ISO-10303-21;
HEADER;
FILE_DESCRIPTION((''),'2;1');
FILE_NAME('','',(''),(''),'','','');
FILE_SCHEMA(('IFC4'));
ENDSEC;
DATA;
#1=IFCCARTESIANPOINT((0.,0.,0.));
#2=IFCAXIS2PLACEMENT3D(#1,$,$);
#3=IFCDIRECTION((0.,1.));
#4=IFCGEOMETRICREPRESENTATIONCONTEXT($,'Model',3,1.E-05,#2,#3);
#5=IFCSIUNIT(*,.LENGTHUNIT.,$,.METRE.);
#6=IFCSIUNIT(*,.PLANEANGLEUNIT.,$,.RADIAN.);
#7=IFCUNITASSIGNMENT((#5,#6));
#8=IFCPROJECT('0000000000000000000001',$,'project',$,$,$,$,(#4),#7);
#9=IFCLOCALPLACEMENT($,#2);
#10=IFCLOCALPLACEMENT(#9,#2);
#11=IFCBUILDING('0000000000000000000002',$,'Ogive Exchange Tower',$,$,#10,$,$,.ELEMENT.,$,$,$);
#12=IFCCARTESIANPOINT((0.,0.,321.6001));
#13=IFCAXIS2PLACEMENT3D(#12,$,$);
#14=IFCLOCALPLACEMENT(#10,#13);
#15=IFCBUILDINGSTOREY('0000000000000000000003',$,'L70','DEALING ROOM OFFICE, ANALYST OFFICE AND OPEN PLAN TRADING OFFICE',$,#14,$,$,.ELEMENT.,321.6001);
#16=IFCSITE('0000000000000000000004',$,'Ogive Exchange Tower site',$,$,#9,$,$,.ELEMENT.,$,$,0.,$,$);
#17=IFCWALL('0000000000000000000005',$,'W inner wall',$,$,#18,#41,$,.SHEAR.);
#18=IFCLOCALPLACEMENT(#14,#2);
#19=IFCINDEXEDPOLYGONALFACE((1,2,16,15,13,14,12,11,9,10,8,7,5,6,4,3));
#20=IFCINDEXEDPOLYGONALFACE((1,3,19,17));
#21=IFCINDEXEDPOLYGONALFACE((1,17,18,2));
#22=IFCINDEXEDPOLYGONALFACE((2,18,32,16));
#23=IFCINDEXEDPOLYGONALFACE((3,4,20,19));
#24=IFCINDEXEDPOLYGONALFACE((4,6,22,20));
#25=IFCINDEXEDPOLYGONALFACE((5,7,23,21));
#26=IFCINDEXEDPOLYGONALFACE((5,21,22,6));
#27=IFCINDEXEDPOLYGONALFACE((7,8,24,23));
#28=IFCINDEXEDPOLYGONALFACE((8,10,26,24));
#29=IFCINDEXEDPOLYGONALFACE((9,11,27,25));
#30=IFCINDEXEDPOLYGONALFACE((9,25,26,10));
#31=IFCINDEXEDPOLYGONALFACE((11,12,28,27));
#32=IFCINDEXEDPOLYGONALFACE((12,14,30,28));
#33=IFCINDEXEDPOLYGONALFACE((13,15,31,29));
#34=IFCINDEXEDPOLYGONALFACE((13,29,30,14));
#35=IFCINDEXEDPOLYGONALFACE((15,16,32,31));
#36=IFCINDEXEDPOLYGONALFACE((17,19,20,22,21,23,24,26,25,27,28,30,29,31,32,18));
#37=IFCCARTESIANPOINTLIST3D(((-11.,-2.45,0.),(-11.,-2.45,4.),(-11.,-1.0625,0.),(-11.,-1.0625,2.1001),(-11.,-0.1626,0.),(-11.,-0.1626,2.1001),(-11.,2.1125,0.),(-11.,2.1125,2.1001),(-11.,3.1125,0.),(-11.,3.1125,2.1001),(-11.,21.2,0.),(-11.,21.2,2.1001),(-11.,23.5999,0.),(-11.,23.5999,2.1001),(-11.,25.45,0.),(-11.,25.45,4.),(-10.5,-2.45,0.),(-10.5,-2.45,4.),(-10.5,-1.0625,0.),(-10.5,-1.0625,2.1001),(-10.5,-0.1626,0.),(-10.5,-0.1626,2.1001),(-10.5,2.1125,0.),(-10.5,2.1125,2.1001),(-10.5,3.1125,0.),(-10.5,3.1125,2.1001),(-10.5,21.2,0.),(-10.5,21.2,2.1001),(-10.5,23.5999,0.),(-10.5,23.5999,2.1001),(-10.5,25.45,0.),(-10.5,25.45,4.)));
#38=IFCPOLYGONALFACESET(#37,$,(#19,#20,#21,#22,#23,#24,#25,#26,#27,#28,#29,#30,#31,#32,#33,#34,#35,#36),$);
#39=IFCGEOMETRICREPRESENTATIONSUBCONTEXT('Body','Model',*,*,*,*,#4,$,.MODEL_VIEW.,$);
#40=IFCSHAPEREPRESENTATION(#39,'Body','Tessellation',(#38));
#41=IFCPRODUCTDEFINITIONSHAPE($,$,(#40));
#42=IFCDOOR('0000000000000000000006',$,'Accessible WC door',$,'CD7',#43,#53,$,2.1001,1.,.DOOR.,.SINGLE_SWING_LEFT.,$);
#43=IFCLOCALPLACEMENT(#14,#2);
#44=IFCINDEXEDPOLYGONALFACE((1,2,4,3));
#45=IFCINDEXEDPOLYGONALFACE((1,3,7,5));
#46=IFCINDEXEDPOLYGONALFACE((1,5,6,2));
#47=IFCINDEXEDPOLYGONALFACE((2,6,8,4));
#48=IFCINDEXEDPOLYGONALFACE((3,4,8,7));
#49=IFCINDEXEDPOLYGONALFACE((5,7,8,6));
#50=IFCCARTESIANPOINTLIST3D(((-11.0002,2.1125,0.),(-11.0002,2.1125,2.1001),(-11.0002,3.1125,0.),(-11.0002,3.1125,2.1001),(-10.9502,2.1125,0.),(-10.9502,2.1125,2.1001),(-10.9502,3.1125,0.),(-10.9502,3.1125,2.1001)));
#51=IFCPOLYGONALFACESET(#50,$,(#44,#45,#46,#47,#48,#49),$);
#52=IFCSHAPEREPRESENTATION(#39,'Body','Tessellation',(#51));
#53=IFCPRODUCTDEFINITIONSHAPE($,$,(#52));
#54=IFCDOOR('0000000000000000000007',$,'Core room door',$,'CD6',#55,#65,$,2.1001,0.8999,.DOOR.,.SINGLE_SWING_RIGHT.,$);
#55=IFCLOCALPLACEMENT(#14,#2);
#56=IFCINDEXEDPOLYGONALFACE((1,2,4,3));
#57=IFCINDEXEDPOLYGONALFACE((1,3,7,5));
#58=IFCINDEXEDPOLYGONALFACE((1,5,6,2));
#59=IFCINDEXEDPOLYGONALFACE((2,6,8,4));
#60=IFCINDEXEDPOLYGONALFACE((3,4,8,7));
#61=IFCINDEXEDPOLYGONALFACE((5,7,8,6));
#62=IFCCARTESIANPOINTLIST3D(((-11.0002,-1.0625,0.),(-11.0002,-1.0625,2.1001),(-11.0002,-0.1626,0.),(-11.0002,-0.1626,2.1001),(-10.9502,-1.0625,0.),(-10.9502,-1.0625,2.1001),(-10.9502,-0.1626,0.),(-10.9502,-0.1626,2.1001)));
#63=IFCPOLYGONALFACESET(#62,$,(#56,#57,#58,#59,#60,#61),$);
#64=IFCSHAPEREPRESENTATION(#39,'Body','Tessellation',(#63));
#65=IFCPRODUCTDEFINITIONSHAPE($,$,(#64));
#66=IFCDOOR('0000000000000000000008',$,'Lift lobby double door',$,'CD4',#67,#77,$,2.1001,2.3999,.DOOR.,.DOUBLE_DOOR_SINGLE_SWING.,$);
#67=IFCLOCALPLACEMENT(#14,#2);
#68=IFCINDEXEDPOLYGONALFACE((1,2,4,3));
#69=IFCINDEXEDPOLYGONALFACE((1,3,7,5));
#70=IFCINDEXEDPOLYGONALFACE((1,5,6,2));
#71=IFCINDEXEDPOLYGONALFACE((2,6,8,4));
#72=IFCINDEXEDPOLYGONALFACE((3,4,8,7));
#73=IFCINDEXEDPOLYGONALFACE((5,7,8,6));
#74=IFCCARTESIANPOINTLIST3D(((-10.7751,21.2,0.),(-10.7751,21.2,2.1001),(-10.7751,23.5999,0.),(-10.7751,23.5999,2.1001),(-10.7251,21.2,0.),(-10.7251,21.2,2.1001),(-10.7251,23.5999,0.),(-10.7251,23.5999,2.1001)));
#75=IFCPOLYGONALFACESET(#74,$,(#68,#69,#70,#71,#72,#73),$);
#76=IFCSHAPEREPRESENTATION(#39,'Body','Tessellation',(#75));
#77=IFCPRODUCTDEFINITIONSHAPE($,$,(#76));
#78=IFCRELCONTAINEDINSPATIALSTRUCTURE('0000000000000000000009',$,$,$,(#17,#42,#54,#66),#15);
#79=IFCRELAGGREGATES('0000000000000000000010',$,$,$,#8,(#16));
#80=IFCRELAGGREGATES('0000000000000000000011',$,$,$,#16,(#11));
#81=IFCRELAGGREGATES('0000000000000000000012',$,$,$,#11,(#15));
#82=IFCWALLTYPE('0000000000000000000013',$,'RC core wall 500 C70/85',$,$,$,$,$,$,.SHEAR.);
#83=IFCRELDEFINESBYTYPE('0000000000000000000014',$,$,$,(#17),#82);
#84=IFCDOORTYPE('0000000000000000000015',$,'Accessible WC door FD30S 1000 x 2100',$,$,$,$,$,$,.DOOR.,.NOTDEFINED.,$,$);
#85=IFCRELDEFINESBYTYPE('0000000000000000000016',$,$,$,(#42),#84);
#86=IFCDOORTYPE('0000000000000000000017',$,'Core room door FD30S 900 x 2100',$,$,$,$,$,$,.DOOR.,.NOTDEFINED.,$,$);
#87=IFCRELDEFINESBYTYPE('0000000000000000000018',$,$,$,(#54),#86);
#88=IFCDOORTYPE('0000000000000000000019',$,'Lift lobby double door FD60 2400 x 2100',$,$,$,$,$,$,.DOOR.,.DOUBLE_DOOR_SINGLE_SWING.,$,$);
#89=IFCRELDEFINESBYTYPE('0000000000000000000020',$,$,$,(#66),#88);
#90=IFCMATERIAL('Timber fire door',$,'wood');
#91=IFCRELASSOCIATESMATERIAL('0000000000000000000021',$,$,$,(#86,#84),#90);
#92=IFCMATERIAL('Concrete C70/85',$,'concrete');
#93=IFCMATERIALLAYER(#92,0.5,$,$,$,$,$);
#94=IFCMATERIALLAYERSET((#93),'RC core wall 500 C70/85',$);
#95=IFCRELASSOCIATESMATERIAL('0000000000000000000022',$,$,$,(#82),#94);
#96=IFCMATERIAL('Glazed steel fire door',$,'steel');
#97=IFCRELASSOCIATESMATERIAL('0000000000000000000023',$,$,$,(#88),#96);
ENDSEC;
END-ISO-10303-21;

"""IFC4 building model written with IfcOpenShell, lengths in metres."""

from ifc_helpers import new_model, si_unit, direction, frame, frame_2d, origin, place, context, subcontext, project, spatial, rectangle, extrude, material, layer, layer_set, type_object, element, fill, save


model = new_model("IFC4")

# Units and contexts
model_context = context("Model", 3, precision=1e-05, world=origin(), true_north=direction((0.0, 1.0)))
body_context = subcontext(model_context, "Body", "Model", "MODEL_VIEW")
ifc_project = project(units=[si_unit("LENGTHUNIT", "METRE"), si_unit("PLANEANGLEUNIT", "RADIAN")], contexts=[model_context])

# Site, building, storey
site_placement = place(None, origin())
site = spatial("IfcSite", under=ifc_project, at=site_placement, Name="Ogive Exchange Tower site", CompositionType="ELEMENT", RefElevation=0.0)
building_placement = place(site_placement, origin())
building = spatial("IfcBuilding", under=site, at=building_placement, Name="Ogive Exchange Tower", CompositionType="ELEMENT")
storey_placement = place(building_placement, frame((0.0, 0.0, 321.6001)))
storey = spatial("IfcBuildingStorey", under=building, at=storey_placement, Name="L70", Description="DEALING ROOM OFFICE, ANALYST OFFICE AND OPEN PLAN TRADING OFFICE", CompositionType="ELEMENT", Elevation=321.6001)

# Shared definitions
ifc_material_1 = material(Name="Concrete C70/85", Category="concrete")

# Wall, openings, doors
ifc_material_2 = material(Name="Timber fire door", Category="wood")
door_type_1 = type_object("IfcDoorType", Name="Core room door FD30S 900 x 2100", OperationType="NOTDEFINED", PredefinedType="DOOR", material=ifc_material_2)
ifc_layer_1 = layer(ifc_material_1, 0.5)
ifc_layer_set_1 = layer_set([ifc_layer_1], Name="RC core wall 500 C70/85")
wall_type_1 = type_object("IfcWallType", Name="RC core wall 500 C70/85", PredefinedType="SHEAR", material=ifc_layer_set_1)
wall_1_placement = place(storey_placement, frame((-10.75, -2.45, 0.0), z_axis=(0.0, 0.0, 1.0), x_axis=(0.0, 1.0, 0.0)))
wall_1 = element("IfcWall", 1, at=wall_1_placement, inside=storey, type_object=wall_type_1, Name="W inner wall", PredefinedType="SHEAR", context=body_context, shape_type="SweptSolid", body=[
    extrude(rectangle(XDim=27.8999, YDim=0.5, at=frame_2d((13.95, 0.0))), origin(), (0.0, 0.0, 1.0), 4.0),
])
opening_1_placement = place(wall_1_placement, frame((23.6499, 0.0, 0.0)))
opening_1 = element("IfcOpeningElement", 2, at=opening_1_placement, cuts=wall_1, PredefinedType="OPENING", context=body_context, shape_type="SweptSolid", body=[
    extrude(rectangle(XDim=2.3999, YDim=2.1001, at=frame_2d((1.2, 1.05))), frame((0.0, 0.26, 0.0), z_axis=(0.0, -1.0, 0.0), x_axis=(1.0, 0.0, 0.0)), (0.0, 0.0, 1.0), 0.52),
])
opening_2_placement = place(wall_1_placement, frame((1.3875, 0.0, 0.0)))
opening_2 = element("IfcOpeningElement", 3, at=opening_2_placement, cuts=wall_1, PredefinedType="OPENING", context=body_context, shape_type="SweptSolid", body=[
    extrude(rectangle(XDim=0.8999, YDim=2.1001, at=frame_2d((0.45, 1.05))), frame((0.0, 0.26, 0.0), z_axis=(0.0, -1.0, 0.0), x_axis=(1.0, 0.0, 0.0)), (0.0, 0.0, 1.0), 0.52),
])
opening_3_placement = place(wall_1_placement, frame((4.5625, 0.0, 0.0)))
opening_3 = element("IfcOpeningElement", 4, at=opening_3_placement, cuts=wall_1, PredefinedType="OPENING", context=body_context, shape_type="SweptSolid", body=[
    extrude(rectangle(XDim=1.0, YDim=2.1001, at=frame_2d((0.5, 1.05))), frame((0.0, 0.26, 0.0), z_axis=(0.0, -1.0, 0.0), x_axis=(1.0, 0.0, 0.0)), (0.0, 0.0, 1.0), 0.52),
])
door_type_2 = type_object("IfcDoorType", Name="Accessible WC door FD30S 1000 x 2100", OperationType="NOTDEFINED", PredefinedType="DOOR", material=ifc_material_2)
door_1_placement = place(opening_3_placement, frame((1.0, 0.4502, 0.0), z_axis=(0.0, 0.0, 1.0), x_axis=(-1.0, 0.0, 0.0)))
door_1 = element("IfcDoor", 5, at=door_1_placement, inside=storey, type_object=door_type_2, Name="Accessible WC door", ObjectType="CD7", OperationType="SINGLE_SWING_LEFT", OverallHeight=2.1001, OverallWidth=1.0, PredefinedType="DOOR", context=body_context, shape_type="SweptSolid", body=[
    extrude(rectangle(XDim=1.0, YDim=2.1001, at=frame_2d((0.5, 1.05))), frame((0.0, 0.25, 0.0), z_axis=(0.0, -1.0, 0.0), x_axis=(1.0, 0.0, 0.0)), (0.0, 0.0, 1.0), 0.05),
])
fill(opening_3, door_1)
door_2_placement = place(opening_2_placement, frame((0.8999, 0.4502, 0.0), z_axis=(0.0, 0.0, 1.0), x_axis=(-1.0, 0.0, 0.0)))
door_2 = element("IfcDoor", 6, at=door_2_placement, inside=storey, type_object=door_type_1, Name="Core room door", ObjectType="CD6", OperationType="SINGLE_SWING_RIGHT", OverallHeight=2.1001, OverallWidth=0.8999, PredefinedType="DOOR", context=body_context, shape_type="SweptSolid", body=[
    extrude(rectangle(XDim=0.8999, YDim=2.1001, at=frame_2d((0.45, 1.05))), frame((0.0, 0.25, 0.0), z_axis=(0.0, -1.0, 0.0), x_axis=(1.0, 0.0, 0.0)), (0.0, 0.0, 1.0), 0.05),
])
fill(opening_2, door_2)
ifc_material_3 = material(Name="Glazed steel fire door", Category="steel")
door_type_3 = type_object("IfcDoorType", Name="Lift lobby double door FD60 2400 x 2100", OperationType="DOUBLE_DOOR_SINGLE_SWING", PredefinedType="DOOR", material=ifc_material_3)
door_3_placement = place(opening_1_placement, frame((2.3999, 0.0, 0.0), z_axis=(0.0, 0.0, 1.0), x_axis=(-1.0, 0.0, 0.0)))
door_3 = element("IfcDoor", 7, at=door_3_placement, inside=storey, type_object=door_type_3, Name="Lift lobby double door", ObjectType="CD4", OperationType="DOUBLE_DOOR_SINGLE_SWING", OverallHeight=2.1001, OverallWidth=2.3999, PredefinedType="DOOR", context=body_context, shape_type="SweptSolid", body=[
    extrude(rectangle(XDim=2.3999, YDim=2.1001, at=frame_2d((1.2, 1.05))), frame((0.0, 0.0249, 0.0), z_axis=(0.0, -1.0, 0.0), x_axis=(1.0, 0.0, 0.0)), (0.0, 0.0, 1.0), 0.05),
])
fill(opening_1, door_3)

save(model, "model.ifc")
